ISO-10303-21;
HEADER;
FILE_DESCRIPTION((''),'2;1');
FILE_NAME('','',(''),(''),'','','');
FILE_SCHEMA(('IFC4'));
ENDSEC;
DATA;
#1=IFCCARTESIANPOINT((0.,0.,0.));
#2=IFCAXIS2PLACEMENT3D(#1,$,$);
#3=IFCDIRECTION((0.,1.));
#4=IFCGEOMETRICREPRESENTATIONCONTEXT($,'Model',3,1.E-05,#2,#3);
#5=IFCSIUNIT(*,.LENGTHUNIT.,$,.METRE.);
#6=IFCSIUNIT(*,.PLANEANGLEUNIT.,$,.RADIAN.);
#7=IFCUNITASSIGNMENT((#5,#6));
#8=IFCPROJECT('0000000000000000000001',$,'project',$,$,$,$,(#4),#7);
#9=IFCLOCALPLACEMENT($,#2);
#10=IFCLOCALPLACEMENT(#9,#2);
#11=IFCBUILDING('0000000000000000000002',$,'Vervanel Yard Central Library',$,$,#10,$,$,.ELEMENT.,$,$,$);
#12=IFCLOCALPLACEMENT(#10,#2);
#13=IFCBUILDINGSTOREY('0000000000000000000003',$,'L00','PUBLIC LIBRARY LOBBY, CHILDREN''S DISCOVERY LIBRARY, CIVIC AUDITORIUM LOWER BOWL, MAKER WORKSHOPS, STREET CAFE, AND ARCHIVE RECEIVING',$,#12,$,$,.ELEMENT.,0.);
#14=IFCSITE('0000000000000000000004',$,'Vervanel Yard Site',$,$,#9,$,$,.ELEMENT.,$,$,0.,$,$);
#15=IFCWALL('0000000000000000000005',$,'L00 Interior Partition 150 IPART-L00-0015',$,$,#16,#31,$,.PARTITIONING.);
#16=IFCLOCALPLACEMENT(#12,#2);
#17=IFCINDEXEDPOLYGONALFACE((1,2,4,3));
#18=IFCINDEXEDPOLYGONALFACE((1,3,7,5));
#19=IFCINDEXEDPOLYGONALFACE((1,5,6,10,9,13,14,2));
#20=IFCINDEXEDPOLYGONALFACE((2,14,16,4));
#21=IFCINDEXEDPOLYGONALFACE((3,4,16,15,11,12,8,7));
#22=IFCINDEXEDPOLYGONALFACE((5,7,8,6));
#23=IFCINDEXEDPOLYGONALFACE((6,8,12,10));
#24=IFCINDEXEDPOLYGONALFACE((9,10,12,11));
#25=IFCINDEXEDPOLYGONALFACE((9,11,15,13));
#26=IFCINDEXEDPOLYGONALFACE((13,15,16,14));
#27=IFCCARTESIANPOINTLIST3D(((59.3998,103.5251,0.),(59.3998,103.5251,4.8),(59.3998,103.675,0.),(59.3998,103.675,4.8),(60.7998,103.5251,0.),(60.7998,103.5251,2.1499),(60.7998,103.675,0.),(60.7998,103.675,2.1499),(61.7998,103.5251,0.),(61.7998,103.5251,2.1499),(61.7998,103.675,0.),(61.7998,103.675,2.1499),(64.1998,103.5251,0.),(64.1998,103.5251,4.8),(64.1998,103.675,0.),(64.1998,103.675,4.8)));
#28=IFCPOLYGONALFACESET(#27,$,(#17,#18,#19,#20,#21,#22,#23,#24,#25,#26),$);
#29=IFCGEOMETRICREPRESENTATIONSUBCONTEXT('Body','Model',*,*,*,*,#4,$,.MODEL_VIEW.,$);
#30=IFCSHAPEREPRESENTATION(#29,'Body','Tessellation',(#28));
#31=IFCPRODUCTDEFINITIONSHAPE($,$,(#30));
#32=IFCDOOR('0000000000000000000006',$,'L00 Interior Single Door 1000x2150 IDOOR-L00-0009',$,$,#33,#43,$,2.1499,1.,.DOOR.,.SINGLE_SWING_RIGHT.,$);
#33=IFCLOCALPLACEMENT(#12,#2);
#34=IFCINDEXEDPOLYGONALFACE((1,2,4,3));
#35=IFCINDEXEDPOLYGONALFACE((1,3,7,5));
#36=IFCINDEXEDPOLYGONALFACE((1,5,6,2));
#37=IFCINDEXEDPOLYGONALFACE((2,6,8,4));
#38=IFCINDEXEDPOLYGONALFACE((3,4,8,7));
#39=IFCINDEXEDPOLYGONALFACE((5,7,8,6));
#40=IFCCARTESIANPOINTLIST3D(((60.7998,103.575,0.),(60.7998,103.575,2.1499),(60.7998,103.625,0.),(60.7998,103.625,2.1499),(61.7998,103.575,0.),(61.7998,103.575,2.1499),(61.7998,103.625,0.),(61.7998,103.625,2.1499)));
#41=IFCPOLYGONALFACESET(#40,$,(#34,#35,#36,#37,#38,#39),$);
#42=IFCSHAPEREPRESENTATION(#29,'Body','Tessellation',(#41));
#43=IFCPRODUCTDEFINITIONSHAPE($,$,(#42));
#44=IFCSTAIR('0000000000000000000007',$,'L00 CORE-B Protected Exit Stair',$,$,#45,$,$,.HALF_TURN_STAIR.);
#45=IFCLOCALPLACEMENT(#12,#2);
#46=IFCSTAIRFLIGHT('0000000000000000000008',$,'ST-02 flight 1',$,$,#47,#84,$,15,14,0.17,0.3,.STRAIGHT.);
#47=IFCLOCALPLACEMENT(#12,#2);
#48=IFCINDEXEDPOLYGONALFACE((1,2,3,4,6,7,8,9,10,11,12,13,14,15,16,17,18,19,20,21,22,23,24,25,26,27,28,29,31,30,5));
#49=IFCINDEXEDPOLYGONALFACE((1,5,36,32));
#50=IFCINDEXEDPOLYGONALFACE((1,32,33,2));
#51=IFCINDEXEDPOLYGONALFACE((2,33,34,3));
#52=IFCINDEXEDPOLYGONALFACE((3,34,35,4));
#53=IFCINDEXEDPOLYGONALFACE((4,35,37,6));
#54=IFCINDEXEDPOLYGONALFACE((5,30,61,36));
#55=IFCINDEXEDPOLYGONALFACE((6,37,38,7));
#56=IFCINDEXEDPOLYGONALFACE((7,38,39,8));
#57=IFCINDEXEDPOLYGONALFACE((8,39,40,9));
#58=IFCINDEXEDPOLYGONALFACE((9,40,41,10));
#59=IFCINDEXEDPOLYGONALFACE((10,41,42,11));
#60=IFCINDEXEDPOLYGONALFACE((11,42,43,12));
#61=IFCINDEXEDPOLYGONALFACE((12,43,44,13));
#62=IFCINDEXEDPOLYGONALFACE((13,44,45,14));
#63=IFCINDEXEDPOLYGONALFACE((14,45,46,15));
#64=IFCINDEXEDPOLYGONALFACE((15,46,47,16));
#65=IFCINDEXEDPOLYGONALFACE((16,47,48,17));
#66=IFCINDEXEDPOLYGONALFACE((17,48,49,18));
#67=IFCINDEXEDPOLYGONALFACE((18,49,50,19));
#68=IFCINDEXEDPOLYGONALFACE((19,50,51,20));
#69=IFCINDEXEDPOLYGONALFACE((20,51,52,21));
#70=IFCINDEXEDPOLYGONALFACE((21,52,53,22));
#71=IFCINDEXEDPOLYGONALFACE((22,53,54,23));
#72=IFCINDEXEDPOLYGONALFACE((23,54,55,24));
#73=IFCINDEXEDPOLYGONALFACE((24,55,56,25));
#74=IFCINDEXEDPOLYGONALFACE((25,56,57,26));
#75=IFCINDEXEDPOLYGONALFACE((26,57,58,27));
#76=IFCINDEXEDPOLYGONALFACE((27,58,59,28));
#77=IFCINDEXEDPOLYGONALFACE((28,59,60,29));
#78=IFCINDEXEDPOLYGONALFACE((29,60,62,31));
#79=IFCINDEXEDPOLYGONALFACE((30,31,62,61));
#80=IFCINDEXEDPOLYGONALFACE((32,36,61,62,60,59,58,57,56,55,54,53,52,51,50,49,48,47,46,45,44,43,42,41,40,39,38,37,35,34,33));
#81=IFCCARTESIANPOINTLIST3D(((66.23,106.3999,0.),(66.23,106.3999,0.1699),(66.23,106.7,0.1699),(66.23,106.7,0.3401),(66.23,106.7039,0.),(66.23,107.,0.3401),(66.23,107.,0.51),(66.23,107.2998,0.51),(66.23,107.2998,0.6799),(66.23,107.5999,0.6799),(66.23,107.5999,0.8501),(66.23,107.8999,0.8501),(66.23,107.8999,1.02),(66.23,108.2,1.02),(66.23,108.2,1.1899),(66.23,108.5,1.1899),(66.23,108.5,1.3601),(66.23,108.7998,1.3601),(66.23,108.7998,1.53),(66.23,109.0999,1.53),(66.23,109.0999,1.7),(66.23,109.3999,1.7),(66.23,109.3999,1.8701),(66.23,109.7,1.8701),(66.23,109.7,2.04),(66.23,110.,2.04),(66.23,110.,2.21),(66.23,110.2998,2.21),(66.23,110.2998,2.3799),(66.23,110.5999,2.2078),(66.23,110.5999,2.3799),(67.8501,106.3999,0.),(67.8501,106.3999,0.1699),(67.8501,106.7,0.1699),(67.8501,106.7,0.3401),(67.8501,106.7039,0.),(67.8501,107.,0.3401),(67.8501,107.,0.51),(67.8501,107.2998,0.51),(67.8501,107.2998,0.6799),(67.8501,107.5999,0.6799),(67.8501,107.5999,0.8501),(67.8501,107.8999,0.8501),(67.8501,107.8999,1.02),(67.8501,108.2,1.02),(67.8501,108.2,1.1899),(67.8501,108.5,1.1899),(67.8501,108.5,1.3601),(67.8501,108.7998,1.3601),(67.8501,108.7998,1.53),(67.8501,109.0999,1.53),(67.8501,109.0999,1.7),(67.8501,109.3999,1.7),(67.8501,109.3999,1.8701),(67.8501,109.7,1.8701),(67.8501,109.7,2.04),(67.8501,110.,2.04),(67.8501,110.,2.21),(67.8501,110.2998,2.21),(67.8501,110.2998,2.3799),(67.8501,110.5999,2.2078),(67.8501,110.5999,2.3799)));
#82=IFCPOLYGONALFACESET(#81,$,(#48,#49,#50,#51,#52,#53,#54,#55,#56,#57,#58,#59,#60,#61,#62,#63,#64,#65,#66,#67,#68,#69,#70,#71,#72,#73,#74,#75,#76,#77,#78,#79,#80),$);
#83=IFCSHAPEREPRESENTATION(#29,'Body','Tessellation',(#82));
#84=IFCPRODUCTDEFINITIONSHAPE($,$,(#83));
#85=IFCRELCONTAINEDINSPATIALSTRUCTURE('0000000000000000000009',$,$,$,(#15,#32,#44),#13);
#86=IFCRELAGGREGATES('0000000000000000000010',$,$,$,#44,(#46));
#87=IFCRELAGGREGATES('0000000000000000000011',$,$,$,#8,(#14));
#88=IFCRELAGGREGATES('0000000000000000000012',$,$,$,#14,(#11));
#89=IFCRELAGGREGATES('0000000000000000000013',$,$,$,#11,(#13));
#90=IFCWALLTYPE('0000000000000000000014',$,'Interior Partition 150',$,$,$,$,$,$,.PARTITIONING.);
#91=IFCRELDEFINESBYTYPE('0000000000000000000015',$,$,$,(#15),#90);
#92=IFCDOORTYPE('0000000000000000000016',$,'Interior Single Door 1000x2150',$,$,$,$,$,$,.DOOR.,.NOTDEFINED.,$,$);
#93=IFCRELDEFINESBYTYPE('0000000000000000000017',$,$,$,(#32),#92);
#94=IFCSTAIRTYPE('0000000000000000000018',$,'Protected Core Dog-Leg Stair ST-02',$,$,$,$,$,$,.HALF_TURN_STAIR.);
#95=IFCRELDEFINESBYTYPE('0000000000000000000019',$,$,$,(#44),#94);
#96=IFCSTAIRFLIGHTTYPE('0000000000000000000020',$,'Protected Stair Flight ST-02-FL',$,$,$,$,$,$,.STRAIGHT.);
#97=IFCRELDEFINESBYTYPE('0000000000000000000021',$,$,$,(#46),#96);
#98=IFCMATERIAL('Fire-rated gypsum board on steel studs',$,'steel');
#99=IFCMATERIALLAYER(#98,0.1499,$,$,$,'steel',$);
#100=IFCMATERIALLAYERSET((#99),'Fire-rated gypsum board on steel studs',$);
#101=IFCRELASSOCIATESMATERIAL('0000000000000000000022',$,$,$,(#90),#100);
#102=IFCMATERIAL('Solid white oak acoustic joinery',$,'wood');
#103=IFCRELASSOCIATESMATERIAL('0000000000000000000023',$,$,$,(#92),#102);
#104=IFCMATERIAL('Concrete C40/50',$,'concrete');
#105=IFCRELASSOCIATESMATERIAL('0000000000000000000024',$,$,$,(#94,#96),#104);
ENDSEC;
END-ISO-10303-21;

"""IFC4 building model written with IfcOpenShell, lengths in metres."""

from ifc_helpers import new_model, si_unit, direction, frame, frame_2d, origin, place, context, subcontext, project, spatial, polyline, rectangle, outline, extrude, material, layer, layer_set, type_object, element, fill, aggregate, save


model = new_model("IFC4")

# Units and contexts
model_context = context("Model", 3, precision=1e-05, world=origin(), true_north=direction((0.0, 1.0)))
body_context = subcontext(model_context, "Body", "Model", "MODEL_VIEW")
ifc_project = project(units=[si_unit("LENGTHUNIT", "METRE"), si_unit("PLANEANGLEUNIT", "RADIAN")], contexts=[model_context])

# Site, building, storey
site_placement = place(None, origin())
site = spatial("IfcSite", under=ifc_project, at=site_placement, Name="Vervanel Yard Site", CompositionType="ELEMENT", RefElevation=0.0)
building_placement = place(site_placement, origin())
building = spatial("IfcBuilding", under=site, at=building_placement, Name="Vervanel Yard Central Library", CompositionType="ELEMENT")
storey_placement = place(building_placement, origin())
storey = spatial("IfcBuildingStorey", under=building, at=storey_placement, Name="L00", Description="PUBLIC LIBRARY LOBBY, CHILDREN'S DISCOVERY LIBRARY, CIVIC AUDITORIUM LOWER BOWL, MAKER WORKSHOPS, STREET CAFE, AND ARCHIVE RECEIVING", CompositionType="ELEMENT", Elevation=0.0)

# Shared definitions
ifc_material_1 = material(Name="Concrete C40/50", Category="concrete")

# Wall, opening, door
ifc_material_2 = material(Name="Fire-rated gypsum board on steel studs", Category="steel")
ifc_layer_1 = layer(ifc_material_2, 0.1499, Category="steel")
ifc_layer_set_1 = layer_set([ifc_layer_1], Name="Fire-rated gypsum board on steel studs")
wall_type_1 = type_object("IfcWallType", Name="Interior Partition 150", PredefinedType="PARTITIONING", material=ifc_layer_set_1)
wall_1_placement = place(storey_placement, frame((59.3999, 103.6001, 0.0), z_axis=(0.0, 0.0, 1.0), x_axis=(1.0, 0.0, 0.0)))
wall_1 = element("IfcWall", 1, at=wall_1_placement, inside=storey, type_object=wall_type_1, Name="L00 Interior Partition 150 IPART-L00-0015", PredefinedType="PARTITIONING", context=body_context, shape_type="SweptSolid", body=[
    extrude(rectangle(XDim=4.8, YDim=0.1499, at=frame_2d((2.3999, 0.0))), origin(), (0.0, 0.0, 1.0), 4.8),
])
opening_1_placement = place(wall_1_placement, frame((1.3999, 0.0, 0.0)))
opening_1 = element("IfcOpeningElement", 2, at=opening_1_placement, cuts=wall_1, PredefinedType="OPENING", context=body_context, shape_type="SweptSolid", body=[
    extrude(rectangle(XDim=1.0, YDim=2.1499, at=frame_2d((0.5, 1.075))), frame((0.0, 0.085, 0.0), z_axis=(0.0, -1.0, 0.0), x_axis=(1.0, 0.0, 0.0)), (0.0, 0.0, 1.0), 0.1699),
])
ifc_material_3 = material(Name="Solid white oak acoustic joinery", Category="wood")
door_type_1 = type_object("IfcDoorType", Name="Interior Single Door 1000x2150", OperationType="NOTDEFINED", PredefinedType="DOOR", material=ifc_material_3)
door_1_placement = place(opening_1_placement, origin())
door_1 = element("IfcDoor", 3, at=door_1_placement, inside=storey, type_object=door_type_1, Name="L00 Interior Single Door 1000x2150 IDOOR-L00-0009", OperationType="SINGLE_SWING_RIGHT", OverallHeight=2.1499, OverallWidth=1.0, PredefinedType="DOOR", context=body_context, shape_type="SweptSolid", body=[
    extrude(rectangle(XDim=1.0, YDim=2.1499, at=frame_2d((0.5, 1.075))), frame((0.0, 0.0249, 0.0), z_axis=(0.0, -1.0, 0.0), x_axis=(1.0, 0.0, 0.0)), (0.0, 0.0, 1.0), 0.05),
])
fill(opening_1, door_1)

# Stair, stair flight
stair_type = type_object("IfcStairType", Name="Protected Core Dog-Leg Stair ST-02", PredefinedType="HALF_TURN_STAIR", material=ifc_material_1)
stair_placement = place(storey_placement, origin())
stair = element("IfcStair", 4, at=stair_placement, inside=storey, type_object=stair_type, Name="L00 CORE-B Protected Exit Stair", PredefinedType="HALF_TURN_STAIR")
stair_flight_type = type_object("IfcStairFlightType", Name="Protected Stair Flight ST-02-FL", PredefinedType="STRAIGHT", material=ifc_material_1)
stair_flight_placement = place(storey_placement, frame((67.04, 106.3999, 0.0), z_axis=(0.0, 0.0, 1.0), x_axis=(0.0, 1.0, 0.0)))
stair_flight = element("IfcStairFlight", 5, at=stair_flight_placement, type_object=stair_flight_type, Name="ST-02 flight 1", NumberOfRisers=15, NumberOfTreads=14, PredefinedType="STRAIGHT", RiserHeight=0.17, TreadLength=0.3, context=body_context, shape_type="SweptSolid", body=[
    extrude(outline(polyline([(0.0, 0.0), (0.0, 0.1699), (0.3, 0.1699), (0.3, 0.3401), (0.6001, 0.3401), (0.6001, 0.51), (0.8999, 0.51), (0.8999, 0.6799), (1.2, 0.6799), (1.2, 0.8501), (1.5, 0.8501), (1.5, 1.02), (1.8, 1.02), (1.8, 1.1899), (2.1001, 1.1899), (2.1001, 1.3601), (2.3999, 1.3601), (2.3999, 1.53), (2.7, 1.53), (2.7, 1.7), (3.0, 1.7), (3.0, 1.8701), (3.3, 1.8701), (3.3, 2.04), (3.6001, 2.04), (3.6001, 2.21), (3.8999, 2.21), (3.8999, 2.3799), (4.2, 2.3799), (4.2, 2.55), (4.2, 2.2078), (0.304, 0.0), (0.0, 0.0)])), frame((0.0, 0.8101, 0.0), z_axis=(0.0, -1.0, 0.0), x_axis=(1.0, 0.0, 0.0)), (0.0, 0.0, 1.0), 1.6201),
])
aggregate(stair, [stair_flight])

save(model, "model.ifc")
